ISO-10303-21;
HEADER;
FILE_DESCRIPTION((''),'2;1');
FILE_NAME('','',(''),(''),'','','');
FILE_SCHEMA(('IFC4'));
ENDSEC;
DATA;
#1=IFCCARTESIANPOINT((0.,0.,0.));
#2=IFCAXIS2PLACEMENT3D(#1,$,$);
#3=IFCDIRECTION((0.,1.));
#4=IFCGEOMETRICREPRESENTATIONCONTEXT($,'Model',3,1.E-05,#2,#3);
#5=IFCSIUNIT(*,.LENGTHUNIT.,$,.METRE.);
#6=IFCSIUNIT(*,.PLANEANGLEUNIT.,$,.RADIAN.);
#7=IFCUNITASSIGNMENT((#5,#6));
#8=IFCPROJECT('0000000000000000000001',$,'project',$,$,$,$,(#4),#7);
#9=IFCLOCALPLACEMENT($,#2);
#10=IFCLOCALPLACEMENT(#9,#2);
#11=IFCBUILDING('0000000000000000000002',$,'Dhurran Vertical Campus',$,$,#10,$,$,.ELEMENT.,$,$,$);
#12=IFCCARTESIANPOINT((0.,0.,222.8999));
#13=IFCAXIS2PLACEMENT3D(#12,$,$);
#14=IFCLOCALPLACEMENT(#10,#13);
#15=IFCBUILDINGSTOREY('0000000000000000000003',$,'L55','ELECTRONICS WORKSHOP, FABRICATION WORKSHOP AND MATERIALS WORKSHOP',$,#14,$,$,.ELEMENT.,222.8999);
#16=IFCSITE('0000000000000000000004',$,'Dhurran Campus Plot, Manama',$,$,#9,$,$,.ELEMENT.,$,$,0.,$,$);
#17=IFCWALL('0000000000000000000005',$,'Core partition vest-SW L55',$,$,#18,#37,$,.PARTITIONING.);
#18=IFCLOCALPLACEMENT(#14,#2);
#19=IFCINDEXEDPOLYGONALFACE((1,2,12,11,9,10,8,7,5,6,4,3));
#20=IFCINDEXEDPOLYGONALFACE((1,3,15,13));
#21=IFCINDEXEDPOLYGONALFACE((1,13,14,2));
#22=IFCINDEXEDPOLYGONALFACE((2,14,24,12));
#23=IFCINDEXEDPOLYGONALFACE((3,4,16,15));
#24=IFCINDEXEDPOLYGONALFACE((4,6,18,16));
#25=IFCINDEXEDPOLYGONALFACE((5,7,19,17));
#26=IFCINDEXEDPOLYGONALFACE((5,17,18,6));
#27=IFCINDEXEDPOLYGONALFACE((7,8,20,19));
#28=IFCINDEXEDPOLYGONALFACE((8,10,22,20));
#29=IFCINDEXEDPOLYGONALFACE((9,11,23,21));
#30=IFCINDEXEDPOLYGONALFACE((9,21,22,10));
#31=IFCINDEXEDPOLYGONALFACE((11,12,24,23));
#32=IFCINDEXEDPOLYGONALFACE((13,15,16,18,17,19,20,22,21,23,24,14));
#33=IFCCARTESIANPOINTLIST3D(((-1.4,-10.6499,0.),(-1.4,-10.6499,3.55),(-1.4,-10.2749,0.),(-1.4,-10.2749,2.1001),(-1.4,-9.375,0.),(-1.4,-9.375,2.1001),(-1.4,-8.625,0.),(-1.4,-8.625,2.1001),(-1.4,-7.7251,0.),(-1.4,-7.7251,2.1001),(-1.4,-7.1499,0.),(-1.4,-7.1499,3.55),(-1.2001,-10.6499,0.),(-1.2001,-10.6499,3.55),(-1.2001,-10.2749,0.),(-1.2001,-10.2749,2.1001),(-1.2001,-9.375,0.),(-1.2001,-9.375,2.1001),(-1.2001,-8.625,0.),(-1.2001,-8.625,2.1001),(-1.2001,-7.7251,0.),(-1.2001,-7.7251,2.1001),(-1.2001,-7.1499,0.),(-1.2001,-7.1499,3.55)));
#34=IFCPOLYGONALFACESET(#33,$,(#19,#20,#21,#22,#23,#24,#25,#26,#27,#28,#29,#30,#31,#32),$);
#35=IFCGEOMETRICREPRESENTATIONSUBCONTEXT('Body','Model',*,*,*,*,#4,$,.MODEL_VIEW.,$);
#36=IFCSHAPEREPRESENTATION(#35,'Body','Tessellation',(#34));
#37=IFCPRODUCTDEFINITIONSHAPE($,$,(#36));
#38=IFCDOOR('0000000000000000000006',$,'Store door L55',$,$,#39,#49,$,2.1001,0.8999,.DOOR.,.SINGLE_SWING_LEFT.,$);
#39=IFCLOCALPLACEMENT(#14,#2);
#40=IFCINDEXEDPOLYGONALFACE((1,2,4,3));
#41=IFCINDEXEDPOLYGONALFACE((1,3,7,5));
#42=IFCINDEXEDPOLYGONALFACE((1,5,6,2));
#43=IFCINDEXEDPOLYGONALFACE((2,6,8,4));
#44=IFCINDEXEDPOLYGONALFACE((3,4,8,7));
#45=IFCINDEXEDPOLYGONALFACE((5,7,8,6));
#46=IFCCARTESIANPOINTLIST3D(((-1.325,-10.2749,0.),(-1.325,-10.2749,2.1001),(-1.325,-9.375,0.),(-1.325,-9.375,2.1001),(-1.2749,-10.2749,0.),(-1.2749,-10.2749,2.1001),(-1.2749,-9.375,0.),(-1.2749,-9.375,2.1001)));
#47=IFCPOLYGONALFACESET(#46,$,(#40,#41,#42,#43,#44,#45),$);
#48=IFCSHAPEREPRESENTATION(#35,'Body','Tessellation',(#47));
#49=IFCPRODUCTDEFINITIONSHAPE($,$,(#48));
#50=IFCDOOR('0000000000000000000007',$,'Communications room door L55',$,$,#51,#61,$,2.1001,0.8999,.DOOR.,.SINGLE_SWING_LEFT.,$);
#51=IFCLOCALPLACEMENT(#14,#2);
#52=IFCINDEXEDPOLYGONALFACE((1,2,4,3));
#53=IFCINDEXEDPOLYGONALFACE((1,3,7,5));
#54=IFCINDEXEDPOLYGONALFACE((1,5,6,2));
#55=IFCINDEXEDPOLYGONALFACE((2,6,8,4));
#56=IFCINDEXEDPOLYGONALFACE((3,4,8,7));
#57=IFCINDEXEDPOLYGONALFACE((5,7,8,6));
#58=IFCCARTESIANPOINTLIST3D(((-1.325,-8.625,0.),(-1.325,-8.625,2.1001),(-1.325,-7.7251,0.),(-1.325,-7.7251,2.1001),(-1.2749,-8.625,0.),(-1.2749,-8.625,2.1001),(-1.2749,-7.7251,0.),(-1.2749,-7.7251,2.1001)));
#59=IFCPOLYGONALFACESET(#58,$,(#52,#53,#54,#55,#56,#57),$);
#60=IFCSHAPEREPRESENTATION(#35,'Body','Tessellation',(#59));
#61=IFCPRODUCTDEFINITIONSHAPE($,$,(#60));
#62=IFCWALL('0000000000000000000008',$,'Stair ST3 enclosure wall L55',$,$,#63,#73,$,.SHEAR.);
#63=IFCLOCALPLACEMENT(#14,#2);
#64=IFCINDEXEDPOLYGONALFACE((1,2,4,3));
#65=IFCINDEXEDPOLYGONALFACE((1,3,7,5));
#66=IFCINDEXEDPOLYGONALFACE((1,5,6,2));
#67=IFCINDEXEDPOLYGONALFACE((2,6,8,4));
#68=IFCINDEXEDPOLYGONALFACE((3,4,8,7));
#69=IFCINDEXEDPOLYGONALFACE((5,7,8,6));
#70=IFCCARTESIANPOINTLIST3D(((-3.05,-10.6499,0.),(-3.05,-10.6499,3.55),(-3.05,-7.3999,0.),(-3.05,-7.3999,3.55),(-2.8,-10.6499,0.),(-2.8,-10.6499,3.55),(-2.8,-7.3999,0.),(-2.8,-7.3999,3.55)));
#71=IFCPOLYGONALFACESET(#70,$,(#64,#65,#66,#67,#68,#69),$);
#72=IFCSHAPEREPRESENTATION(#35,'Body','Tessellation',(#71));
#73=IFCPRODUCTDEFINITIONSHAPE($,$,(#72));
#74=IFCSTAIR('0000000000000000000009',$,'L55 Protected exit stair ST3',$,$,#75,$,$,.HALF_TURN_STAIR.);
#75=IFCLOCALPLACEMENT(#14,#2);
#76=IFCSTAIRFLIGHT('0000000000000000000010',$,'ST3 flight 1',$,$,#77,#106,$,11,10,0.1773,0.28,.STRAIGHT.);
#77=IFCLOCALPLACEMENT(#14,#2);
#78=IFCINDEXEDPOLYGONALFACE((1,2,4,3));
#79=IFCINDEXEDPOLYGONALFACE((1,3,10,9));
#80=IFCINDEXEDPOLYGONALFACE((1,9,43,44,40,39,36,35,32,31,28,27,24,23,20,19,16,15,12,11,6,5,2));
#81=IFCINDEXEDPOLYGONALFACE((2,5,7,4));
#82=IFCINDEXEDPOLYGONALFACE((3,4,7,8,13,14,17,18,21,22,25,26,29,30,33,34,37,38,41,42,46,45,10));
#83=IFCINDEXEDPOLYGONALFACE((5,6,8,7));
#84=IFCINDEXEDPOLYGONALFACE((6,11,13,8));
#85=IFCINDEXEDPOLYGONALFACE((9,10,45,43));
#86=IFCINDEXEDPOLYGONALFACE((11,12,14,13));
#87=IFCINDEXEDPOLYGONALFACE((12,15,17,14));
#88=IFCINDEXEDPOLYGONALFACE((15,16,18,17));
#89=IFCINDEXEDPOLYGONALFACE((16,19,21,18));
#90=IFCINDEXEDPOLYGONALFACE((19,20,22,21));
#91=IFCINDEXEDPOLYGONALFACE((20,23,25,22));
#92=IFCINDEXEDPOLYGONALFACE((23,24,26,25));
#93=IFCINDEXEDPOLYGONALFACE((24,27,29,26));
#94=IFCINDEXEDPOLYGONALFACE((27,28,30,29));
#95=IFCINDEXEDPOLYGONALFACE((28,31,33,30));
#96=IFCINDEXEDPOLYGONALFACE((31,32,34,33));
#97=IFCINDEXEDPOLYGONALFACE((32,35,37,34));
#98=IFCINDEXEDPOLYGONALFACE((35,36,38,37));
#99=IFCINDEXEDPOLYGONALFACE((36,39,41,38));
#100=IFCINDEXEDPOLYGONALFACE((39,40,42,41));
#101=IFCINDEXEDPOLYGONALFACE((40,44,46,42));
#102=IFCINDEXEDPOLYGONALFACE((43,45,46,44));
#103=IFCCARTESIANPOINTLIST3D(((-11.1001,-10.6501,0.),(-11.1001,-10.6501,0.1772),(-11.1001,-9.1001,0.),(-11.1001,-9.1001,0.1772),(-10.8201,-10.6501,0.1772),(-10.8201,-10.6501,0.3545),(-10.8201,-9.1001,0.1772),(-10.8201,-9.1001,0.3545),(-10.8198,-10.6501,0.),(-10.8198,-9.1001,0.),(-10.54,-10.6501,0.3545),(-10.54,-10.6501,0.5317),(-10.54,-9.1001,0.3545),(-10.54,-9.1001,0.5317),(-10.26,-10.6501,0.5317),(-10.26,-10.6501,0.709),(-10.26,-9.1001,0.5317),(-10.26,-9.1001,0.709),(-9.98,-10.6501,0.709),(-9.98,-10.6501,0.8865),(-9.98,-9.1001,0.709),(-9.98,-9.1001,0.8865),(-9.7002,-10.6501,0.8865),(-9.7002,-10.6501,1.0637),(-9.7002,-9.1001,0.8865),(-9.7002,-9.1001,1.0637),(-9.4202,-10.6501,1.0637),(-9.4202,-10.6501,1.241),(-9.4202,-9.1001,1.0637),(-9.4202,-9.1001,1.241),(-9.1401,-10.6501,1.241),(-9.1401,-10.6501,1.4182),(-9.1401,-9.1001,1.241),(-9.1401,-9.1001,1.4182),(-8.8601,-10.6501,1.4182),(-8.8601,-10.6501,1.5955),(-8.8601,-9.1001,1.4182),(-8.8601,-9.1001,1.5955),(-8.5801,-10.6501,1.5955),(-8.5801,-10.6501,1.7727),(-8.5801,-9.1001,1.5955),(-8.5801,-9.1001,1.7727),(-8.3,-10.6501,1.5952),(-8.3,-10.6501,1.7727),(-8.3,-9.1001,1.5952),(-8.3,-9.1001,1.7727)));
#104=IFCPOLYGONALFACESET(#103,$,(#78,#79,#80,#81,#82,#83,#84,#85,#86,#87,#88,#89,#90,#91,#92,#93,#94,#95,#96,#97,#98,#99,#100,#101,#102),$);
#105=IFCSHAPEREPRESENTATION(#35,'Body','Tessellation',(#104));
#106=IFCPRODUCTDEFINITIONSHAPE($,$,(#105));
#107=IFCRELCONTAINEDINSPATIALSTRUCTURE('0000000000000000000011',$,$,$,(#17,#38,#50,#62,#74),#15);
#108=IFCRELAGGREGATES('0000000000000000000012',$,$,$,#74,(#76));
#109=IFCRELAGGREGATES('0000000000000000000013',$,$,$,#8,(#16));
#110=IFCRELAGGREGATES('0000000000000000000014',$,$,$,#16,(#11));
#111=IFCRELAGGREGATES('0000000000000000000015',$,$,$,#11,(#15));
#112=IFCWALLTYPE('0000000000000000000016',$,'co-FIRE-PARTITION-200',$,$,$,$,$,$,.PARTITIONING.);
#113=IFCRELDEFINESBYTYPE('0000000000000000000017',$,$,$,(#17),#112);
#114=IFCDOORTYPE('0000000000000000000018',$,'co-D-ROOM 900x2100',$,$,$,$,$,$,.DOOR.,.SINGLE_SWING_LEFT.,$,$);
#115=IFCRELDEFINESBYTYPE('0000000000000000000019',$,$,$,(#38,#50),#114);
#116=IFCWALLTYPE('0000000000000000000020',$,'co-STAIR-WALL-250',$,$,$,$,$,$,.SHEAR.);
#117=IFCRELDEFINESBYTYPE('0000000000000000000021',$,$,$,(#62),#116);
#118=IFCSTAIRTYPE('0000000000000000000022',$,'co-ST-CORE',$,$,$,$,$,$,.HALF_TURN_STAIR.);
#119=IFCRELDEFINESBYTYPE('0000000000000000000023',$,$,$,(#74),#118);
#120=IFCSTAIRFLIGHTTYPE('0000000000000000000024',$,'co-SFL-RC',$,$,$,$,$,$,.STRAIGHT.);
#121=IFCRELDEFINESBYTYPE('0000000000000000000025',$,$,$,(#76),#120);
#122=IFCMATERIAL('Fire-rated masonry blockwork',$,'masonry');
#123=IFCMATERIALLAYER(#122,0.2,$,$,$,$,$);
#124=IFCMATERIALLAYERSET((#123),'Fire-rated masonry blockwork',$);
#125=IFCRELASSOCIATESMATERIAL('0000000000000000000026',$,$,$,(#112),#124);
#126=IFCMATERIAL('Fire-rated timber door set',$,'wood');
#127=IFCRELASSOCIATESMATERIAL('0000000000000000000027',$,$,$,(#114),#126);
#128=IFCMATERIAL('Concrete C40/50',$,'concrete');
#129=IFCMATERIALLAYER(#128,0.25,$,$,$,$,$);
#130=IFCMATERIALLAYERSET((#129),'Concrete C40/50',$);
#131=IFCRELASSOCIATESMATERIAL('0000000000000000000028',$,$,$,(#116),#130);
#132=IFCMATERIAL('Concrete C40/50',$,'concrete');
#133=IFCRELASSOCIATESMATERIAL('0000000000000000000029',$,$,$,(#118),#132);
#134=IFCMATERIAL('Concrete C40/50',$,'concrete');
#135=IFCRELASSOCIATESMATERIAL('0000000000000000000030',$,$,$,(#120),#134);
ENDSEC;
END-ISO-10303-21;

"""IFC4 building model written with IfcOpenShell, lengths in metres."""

from ifc_helpers import new_model, si_unit, direction, frame, frame_2d, origin, place, context, subcontext, project, spatial, polyline, rectangle, outline, extrude, material, layer, layer_set, type_object, element, fill, aggregate, save


model = new_model("IFC4")

# Units and contexts
model_context = context("Model", 3, precision=1e-05, world=origin(), true_north=direction((0.0, 1.0)))
body_context = subcontext(model_context, "Body", "Model", "MODEL_VIEW")
ifc_project = project(units=[si_unit("LENGTHUNIT", "METRE"), si_unit("PLANEANGLEUNIT", "RADIAN")], contexts=[model_context])

# Site, building, storey
site_placement = place(None, origin())
site = spatial("IfcSite", under=ifc_project, at=site_placement, Name="Dhurran Campus Plot, Manama", CompositionType="ELEMENT", RefElevation=0.0)
building_placement = place(site_placement, origin())
building = spatial("IfcBuilding", under=site, at=building_placement, Name="Dhurran Vertical Campus", CompositionType="ELEMENT")
storey_placement = place(building_placement, frame((0.0, 0.0, 222.8999)))
storey = spatial("IfcBuildingStorey", under=building, at=storey_placement, Name="L55", Description="ELECTRONICS WORKSHOP, FABRICATION WORKSHOP AND MATERIALS WORKSHOP", CompositionType="ELEMENT", Elevation=222.8999)

# Shared definitions
ifc_material_1 = material(Name="Fire-rated masonry blockwork", Category="masonry")
ifc_layer_1 = layer(ifc_material_1, 0.2)
ifc_layer_set_1 = layer_set([ifc_layer_1], Name="Fire-rated masonry blockwork")
wall_type_1 = type_object("IfcWallType", Name="co-FIRE-PARTITION-200", PredefinedType="PARTITIONING", material=ifc_layer_set_1)

# Wall, openings, doors
wall_1_placement = place(storey_placement, frame((-1.3, -10.6499, 0.0), z_axis=(0.0, 0.0, 1.0), x_axis=(0.0, 1.0, 0.0)))
wall_1 = element("IfcWall", 1, at=wall_1_placement, inside=storey, type_object=wall_type_1, Name="Core partition vest-SW L55", PredefinedType="PARTITIONING", context=body_context, shape_type="SweptSolid", body=[
    extrude(rectangle(XDim=3.5, YDim=0.2, at=frame_2d((1.75, 0.0))), origin(), (0.0, 0.0, 1.0), 3.55),
])
opening_1_placement = place(wall_1_placement, frame((0.375, 0.0, 0.0)))
opening_1 = element("IfcOpeningElement", 2, at=opening_1_placement, cuts=wall_1, PredefinedType="OPENING", context=body_context, shape_type="SweptSolid", body=[
    extrude(rectangle(XDim=0.8999, YDim=2.1001, at=frame_2d((0.45, 1.05))), frame((0.0, 0.1099, 0.0), z_axis=(0.0, -1.0, 0.0), x_axis=(1.0, 0.0, 0.0)), (0.0, 0.0, 1.0), 0.22),
])
opening_2_placement = place(wall_1_placement, frame((2.0249, 0.0, 0.0)))
opening_2 = element("IfcOpeningElement", 3, at=opening_2_placement, cuts=wall_1, PredefinedType="OPENING", context=body_context, shape_type="SweptSolid", body=[
    extrude(rectangle(XDim=0.8999, YDim=2.1001, at=frame_2d((0.45, 1.05))), frame((0.0, 0.1099, 0.0), z_axis=(0.0, -1.0, 0.0), x_axis=(1.0, 0.0, 0.0)), (0.0, 0.0, 1.0), 0.22),
])
ifc_material_2 = material(Name="Fire-rated timber door set", Category="wood")
door_type = type_object("IfcDoorType", Name="co-D-ROOM 900x2100", OperationType="SINGLE_SWING_LEFT", PredefinedType="DOOR", material=ifc_material_2)
door_1_placement = place(opening_1_placement, origin())
door_1 = element("IfcDoor", 4, at=door_1_placement, inside=storey, type_object=door_type, Name="Store door L55", OperationType="SINGLE_SWING_LEFT", OverallHeight=2.1001, OverallWidth=0.8999, PredefinedType="DOOR", context=body_context, shape_type="SweptSolid", body=[
    extrude(rectangle(XDim=0.8999, YDim=2.1001, at=frame_2d((0.45, 1.05))), frame((0.0, 0.0249, 0.0), z_axis=(0.0, -1.0, 0.0), x_axis=(1.0, 0.0, 0.0)), (0.0, 0.0, 1.0), 0.05),
])
fill(opening_1, door_1)
door_2_placement = place(opening_2_placement, origin())
door_2 = element("IfcDoor", 5, at=door_2_placement, inside=storey, type_object=door_type, Name="Communications room door L55", OperationType="SINGLE_SWING_LEFT", OverallHeight=2.1001, OverallWidth=0.8999, PredefinedType="DOOR", context=body_context, shape_type="SweptSolid", body=[
    extrude(rectangle(XDim=0.8999, YDim=2.1001, at=frame_2d((0.45, 1.05))), frame((0.0, 0.0249, 0.0), z_axis=(0.0, -1.0, 0.0), x_axis=(1.0, 0.0, 0.0)), (0.0, 0.0, 1.0), 0.05),
])
fill(opening_2, door_2)

# Wall
ifc_material_3 = material(Name="Concrete C40/50", Category="concrete")
ifc_layer_2 = layer(ifc_material_3, 0.25)
ifc_layer_set_2 = layer_set([ifc_layer_2], Name="Concrete C40/50")
wall_type_2 = type_object("IfcWallType", Name="co-STAIR-WALL-250", PredefinedType="SHEAR", material=ifc_layer_set_2)
wall_2_placement = place(storey_placement, frame((-2.925, -10.6499, 0.0), z_axis=(0.0, 0.0, 1.0), x_axis=(0.0, 1.0, 0.0)))
element("IfcWall", 6, at=wall_2_placement, inside=storey, type_object=wall_type_2, Name="Stair ST3 enclosure wall L55", PredefinedType="SHEAR", context=body_context, shape_type="SweptSolid", body=[
    extrude(rectangle(XDim=3.25, YDim=0.25, at=frame_2d((1.625, 0.0))), origin(), (0.0, 0.0, 1.0), 3.55),
])

# Stair, stair flight
ifc_material_4 = material(Name="Concrete C40/50", Category="concrete")
stair_type = type_object("IfcStairType", Name="co-ST-CORE", PredefinedType="HALF_TURN_STAIR", material=ifc_material_4)
stair_placement = place(storey_placement, origin())
stair = element("IfcStair", 7, at=stair_placement, inside=storey, type_object=stair_type, Name="L55 Protected exit stair ST3", PredefinedType="HALF_TURN_STAIR")
ifc_material_5 = material(Name="Concrete C40/50", Category="concrete")
stair_flight_type = type_object("IfcStairFlightType", Name="co-SFL-RC", PredefinedType="STRAIGHT", material=ifc_material_5)
stair_flight_placement = place(storey_placement, frame((-11.1001, -9.875, 0.0), z_axis=(0.0, 0.0, 1.0), x_axis=(1.0, 0.0, 0.0)))
stair_flight = element("IfcStairFlight", 8, at=stair_flight_placement, type_object=stair_flight_type, Name="ST3 flight 1", NumberOfRisers=11, NumberOfTreads=10, PredefinedType="STRAIGHT", RiserHeight=0.1773, TreadLength=0.28, context=body_context, shape_type="SweptSolid", body=[
    extrude(outline(polyline([(0.0, 0.0), (0.0, 0.1772), (0.28, 0.1772), (0.28, 0.3545), (0.5601, 0.3545), (0.5601, 0.5317), (0.8401, 0.5317), (0.8401, 0.709), (1.1201, 0.709), (1.1201, 0.8865), (1.3999, 0.8865), (1.3999, 1.0637), (1.6799, 1.0637), (1.6799, 1.241), (1.96, 1.241), (1.96, 1.4182), (2.24, 1.4182), (2.24, 1.5955), (2.52, 1.5955), (2.52, 1.7727), (2.8, 1.7727), (2.8, 1.95), (2.8, 1.5952), (0.2803, 0.0), (0.0, 0.0)])), frame((0.0, 0.7749, 0.0), z_axis=(0.0, -1.0, 0.0), x_axis=(1.0, 0.0, 0.0)), (0.0, 0.0, 1.0), 1.55),
])
aggregate(stair, [stair_flight])

save(model, "model.ifc")
